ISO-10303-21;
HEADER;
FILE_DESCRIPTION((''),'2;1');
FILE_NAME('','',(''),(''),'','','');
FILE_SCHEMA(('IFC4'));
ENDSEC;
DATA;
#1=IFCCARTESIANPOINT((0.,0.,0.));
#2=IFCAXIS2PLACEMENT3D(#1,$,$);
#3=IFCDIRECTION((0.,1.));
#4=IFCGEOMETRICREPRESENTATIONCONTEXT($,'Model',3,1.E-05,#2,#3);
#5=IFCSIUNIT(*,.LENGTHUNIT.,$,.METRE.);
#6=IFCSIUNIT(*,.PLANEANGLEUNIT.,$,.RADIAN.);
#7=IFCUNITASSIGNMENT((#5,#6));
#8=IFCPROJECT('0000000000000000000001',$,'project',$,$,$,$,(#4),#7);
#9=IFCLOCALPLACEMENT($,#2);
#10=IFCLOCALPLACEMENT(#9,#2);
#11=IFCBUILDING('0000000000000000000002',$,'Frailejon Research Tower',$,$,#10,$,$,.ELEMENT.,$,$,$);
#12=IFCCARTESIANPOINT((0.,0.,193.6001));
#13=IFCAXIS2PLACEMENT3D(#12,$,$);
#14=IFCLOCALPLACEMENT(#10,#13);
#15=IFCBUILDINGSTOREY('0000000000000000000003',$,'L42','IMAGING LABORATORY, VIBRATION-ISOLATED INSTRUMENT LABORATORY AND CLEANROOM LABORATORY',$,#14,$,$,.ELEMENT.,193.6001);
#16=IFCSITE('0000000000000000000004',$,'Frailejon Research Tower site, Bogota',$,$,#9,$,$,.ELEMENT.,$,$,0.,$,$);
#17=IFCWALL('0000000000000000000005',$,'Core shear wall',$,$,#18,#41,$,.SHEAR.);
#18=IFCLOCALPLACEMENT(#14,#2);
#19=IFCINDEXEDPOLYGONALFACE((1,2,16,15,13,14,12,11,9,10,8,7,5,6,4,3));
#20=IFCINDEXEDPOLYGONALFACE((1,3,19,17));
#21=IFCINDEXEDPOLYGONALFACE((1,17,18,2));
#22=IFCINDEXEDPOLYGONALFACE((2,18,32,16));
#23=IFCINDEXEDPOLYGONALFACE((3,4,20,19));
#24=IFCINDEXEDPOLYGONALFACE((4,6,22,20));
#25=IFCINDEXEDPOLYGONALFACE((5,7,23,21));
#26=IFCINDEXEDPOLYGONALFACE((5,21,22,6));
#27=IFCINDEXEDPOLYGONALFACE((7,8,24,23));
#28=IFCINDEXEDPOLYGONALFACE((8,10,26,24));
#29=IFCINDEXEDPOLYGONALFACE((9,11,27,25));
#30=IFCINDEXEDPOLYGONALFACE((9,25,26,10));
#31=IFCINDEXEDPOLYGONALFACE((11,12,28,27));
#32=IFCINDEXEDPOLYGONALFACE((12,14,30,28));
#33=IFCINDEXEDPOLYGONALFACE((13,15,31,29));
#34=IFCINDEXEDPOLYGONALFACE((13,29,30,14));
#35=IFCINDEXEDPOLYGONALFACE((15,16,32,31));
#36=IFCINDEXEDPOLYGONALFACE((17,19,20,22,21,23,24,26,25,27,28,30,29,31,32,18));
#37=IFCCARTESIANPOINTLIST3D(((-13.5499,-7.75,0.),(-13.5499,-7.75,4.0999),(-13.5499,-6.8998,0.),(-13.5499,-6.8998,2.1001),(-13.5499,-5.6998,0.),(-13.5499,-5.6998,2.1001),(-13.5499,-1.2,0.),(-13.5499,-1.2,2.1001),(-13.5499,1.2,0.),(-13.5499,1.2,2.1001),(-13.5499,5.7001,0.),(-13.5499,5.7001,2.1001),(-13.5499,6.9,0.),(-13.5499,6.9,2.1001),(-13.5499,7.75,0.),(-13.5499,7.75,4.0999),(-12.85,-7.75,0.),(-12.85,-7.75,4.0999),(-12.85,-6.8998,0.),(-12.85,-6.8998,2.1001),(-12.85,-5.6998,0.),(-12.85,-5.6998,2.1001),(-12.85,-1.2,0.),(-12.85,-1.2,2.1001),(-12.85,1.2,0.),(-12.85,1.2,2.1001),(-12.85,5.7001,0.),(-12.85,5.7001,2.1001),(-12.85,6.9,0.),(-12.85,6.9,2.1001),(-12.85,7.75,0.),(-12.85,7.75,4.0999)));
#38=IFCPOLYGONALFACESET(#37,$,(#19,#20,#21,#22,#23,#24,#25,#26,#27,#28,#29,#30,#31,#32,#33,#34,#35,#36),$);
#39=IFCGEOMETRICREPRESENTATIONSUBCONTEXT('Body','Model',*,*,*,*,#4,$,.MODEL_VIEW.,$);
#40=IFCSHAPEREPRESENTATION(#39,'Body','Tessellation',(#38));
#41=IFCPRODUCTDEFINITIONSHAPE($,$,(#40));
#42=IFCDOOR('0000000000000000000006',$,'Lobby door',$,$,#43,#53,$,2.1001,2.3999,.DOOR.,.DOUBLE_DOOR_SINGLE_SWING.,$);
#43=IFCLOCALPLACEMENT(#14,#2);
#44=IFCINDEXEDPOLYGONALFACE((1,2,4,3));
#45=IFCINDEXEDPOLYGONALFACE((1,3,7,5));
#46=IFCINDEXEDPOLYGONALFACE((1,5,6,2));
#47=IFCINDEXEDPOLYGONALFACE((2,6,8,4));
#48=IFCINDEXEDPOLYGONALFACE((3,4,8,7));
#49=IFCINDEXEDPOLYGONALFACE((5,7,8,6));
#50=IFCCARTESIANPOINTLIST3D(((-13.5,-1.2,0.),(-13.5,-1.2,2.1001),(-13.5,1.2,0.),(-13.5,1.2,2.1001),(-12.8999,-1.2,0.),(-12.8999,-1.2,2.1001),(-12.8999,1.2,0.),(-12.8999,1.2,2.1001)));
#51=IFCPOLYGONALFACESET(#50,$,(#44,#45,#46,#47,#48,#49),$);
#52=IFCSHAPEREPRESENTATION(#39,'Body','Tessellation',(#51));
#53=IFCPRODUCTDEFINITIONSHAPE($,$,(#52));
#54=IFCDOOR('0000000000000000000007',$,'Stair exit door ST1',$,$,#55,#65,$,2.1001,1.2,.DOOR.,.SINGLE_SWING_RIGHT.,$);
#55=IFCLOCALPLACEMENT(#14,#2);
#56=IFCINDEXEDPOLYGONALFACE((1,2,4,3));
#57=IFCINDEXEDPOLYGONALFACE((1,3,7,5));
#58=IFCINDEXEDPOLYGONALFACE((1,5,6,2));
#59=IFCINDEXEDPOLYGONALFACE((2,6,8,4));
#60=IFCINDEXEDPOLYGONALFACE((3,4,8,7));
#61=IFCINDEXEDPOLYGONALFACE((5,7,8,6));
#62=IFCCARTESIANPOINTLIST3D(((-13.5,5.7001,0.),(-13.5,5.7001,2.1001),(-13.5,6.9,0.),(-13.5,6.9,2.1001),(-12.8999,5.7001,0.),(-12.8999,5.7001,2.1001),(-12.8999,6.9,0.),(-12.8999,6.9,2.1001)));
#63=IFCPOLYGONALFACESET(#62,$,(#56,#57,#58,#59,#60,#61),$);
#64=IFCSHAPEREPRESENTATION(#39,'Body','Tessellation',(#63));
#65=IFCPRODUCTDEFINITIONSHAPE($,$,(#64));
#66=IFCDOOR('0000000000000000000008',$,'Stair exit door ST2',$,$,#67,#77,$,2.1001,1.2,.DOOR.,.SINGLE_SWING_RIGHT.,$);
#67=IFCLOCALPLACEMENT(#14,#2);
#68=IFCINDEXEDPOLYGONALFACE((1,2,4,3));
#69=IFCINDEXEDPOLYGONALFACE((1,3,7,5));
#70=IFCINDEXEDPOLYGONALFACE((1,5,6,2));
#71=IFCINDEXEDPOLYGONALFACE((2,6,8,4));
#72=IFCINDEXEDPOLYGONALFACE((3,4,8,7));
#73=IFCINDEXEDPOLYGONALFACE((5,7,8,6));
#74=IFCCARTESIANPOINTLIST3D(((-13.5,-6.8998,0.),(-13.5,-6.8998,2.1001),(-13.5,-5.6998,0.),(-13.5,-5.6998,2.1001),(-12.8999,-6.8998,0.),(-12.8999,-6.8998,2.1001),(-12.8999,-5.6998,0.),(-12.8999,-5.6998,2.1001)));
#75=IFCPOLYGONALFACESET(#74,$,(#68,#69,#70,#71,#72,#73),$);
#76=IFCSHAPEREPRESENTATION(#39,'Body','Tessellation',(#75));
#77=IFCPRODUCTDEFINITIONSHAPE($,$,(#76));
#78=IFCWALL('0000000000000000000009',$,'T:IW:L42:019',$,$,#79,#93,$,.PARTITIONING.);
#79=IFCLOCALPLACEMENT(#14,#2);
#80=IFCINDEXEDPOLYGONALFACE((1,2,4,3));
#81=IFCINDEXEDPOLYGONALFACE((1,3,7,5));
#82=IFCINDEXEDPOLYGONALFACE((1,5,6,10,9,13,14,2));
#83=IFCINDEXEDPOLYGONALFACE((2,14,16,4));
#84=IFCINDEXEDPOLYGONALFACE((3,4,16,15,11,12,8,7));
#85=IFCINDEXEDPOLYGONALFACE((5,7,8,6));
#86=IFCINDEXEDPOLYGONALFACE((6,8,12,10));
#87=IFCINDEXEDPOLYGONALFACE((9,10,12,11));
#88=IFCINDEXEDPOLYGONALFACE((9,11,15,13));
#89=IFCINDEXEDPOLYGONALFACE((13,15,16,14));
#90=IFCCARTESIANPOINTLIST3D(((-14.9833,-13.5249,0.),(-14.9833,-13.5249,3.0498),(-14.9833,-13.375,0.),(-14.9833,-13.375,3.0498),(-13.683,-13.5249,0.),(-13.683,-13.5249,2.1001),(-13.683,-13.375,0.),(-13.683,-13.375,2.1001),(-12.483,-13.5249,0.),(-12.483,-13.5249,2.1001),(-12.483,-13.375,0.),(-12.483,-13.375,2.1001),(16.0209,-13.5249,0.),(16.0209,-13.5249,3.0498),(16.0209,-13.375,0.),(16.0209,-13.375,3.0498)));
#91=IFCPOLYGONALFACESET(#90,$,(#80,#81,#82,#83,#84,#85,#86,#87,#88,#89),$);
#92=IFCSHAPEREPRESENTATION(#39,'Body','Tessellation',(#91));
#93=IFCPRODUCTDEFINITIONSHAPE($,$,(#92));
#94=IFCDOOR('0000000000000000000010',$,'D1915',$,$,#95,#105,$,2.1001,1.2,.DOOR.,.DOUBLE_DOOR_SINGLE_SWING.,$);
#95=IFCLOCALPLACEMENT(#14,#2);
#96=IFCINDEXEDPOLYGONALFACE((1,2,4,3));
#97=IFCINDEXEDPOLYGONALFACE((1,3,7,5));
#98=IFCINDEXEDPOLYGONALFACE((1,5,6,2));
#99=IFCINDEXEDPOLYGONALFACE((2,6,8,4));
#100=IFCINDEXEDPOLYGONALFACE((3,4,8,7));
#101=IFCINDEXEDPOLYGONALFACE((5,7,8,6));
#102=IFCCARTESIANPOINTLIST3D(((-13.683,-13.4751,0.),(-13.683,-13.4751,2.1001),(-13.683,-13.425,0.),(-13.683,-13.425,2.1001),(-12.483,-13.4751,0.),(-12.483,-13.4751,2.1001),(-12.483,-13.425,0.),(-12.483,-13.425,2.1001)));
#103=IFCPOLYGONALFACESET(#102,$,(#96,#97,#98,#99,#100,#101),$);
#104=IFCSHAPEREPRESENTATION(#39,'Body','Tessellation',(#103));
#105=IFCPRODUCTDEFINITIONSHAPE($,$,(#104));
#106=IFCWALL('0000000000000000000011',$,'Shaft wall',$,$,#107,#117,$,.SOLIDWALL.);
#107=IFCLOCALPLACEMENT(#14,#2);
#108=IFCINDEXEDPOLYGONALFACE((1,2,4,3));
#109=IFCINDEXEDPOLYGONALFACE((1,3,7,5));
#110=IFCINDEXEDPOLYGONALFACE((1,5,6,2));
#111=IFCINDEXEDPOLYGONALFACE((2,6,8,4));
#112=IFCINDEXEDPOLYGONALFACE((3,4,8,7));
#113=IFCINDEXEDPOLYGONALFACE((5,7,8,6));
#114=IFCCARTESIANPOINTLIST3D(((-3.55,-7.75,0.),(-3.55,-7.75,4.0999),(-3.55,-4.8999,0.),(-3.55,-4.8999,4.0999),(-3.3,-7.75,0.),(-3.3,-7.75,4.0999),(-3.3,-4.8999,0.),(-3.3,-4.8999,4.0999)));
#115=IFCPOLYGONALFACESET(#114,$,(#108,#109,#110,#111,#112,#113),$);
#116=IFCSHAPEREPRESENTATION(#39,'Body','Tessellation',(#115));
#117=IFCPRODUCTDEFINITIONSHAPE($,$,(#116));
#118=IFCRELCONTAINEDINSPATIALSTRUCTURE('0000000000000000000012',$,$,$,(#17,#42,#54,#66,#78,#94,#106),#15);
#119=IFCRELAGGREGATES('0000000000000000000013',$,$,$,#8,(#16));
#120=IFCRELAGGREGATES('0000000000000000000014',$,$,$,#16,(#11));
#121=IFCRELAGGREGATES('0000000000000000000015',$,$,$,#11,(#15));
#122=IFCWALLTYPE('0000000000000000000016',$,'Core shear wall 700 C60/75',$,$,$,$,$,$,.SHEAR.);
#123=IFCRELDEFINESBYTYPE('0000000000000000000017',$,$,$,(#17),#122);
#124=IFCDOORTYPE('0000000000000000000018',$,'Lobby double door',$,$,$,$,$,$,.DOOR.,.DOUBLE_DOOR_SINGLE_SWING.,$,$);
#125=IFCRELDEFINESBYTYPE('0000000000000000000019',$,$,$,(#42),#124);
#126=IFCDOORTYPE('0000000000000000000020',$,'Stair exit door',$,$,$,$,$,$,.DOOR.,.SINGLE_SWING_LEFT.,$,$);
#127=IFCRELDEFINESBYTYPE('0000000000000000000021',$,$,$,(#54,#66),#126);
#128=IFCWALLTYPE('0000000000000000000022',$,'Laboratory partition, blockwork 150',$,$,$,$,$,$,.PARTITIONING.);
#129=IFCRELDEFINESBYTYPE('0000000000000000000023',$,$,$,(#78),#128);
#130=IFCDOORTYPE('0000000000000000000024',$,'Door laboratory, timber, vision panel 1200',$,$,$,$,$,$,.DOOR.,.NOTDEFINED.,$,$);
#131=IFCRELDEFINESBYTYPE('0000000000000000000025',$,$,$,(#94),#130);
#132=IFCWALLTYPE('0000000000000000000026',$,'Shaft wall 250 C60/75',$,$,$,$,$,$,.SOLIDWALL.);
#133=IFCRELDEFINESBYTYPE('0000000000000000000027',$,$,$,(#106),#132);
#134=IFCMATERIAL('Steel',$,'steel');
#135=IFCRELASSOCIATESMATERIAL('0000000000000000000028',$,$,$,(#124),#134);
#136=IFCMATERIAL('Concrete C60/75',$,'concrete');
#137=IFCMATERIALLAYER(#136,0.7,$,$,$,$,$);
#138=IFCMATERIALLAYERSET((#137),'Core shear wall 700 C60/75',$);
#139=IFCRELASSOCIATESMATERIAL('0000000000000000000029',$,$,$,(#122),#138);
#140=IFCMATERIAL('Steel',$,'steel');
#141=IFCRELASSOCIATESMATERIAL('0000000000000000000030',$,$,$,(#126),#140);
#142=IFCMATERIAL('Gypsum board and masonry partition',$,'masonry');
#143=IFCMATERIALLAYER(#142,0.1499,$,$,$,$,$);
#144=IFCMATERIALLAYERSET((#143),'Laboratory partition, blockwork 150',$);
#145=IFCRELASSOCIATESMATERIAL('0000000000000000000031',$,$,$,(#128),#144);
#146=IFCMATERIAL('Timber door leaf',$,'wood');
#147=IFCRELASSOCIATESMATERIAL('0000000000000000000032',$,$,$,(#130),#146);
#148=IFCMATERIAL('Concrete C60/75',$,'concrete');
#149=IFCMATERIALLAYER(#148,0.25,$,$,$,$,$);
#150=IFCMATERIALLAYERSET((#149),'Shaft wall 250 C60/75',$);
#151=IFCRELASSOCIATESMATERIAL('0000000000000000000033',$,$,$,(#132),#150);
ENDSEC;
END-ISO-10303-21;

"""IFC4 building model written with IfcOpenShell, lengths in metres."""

from ifc_helpers import new_model, si_unit, direction, frame, frame_2d, origin, place, context, subcontext, project, spatial, rectangle, extrude, material, layer, layer_set, type_object, element, fill, save


model = new_model("IFC4")

# Units and contexts
model_context = context("Model", 3, precision=1e-05, world=origin(), true_north=direction((0.0, 1.0)))
body_context = subcontext(model_context, "Body", "Model", "MODEL_VIEW")
ifc_project = project(units=[si_unit("LENGTHUNIT", "METRE"), si_unit("PLANEANGLEUNIT", "RADIAN")], contexts=[model_context])

# Site, building, storey
site_placement = place(None, origin())
site = spatial("IfcSite", under=ifc_project, at=site_placement, Name="Frailejon Research Tower site, Bogota", CompositionType="ELEMENT", RefElevation=0.0)
building_placement = place(site_placement, origin())
building = spatial("IfcBuilding", under=site, at=building_placement, Name="Frailejon Research Tower", CompositionType="ELEMENT")
storey_placement = place(building_placement, frame((0.0, 0.0, 193.6001)))
storey = spatial("IfcBuildingStorey", under=building, at=storey_placement, Name="L42", Description="IMAGING LABORATORY, VIBRATION-ISOLATED INSTRUMENT LABORATORY AND CLEANROOM LABORATORY", CompositionType="ELEMENT", Elevation=193.6001)

# Shared definitions
ifc_material_1 = material(Name="Steel", Category="steel")
door_type_1 = type_object("IfcDoorType", Name="Lobby double door", OperationType="DOUBLE_DOOR_SINGLE_SWING", PredefinedType="DOOR", material=ifc_material_1)

# Shared definitions
ifc_material_2 = material(Name="Concrete C60/75", Category="concrete")
ifc_layer_1 = layer(ifc_material_2, 0.7)
ifc_layer_set_1 = layer_set([ifc_layer_1], Name="Core shear wall 700 C60/75")
wall_type_1 = type_object("IfcWallType", Name="Core shear wall 700 C60/75", PredefinedType="SHEAR", material=ifc_layer_set_1)

# Wall, openings, doors
wall_1_placement = place(storey_placement, frame((-13.2, -7.75, 0.0), z_axis=(0.0, 0.0, 1.0), x_axis=(0.0, 1.0, 0.0)))
wall_1 = element("IfcWall", 1, at=wall_1_placement, inside=storey, type_object=wall_type_1, Name="Core shear wall", PredefinedType="SHEAR", context=body_context, shape_type="SweptSolid", body=[
    extrude(rectangle(XDim=15.5, YDim=0.7, at=frame_2d((7.75, 0.0))), origin(), (0.0, 0.0, 1.0), 4.0999),
])
opening_1_placement = place(wall_1_placement, frame((6.55, 0.0, 0.0)))
opening_1 = element("IfcOpeningElement", 2, at=opening_1_placement, cuts=wall_1, PredefinedType="OPENING", context=body_context, shape_type="SweptSolid", body=[
    extrude(rectangle(XDim=2.3999, YDim=2.1001, at=frame_2d((1.2, 1.05))), frame((0.0, 0.3599, 0.0), z_axis=(0.0, -1.0, 0.0), x_axis=(1.0, 0.0, 0.0)), (0.0, 0.0, 1.0), 0.72),
])
opening_2_placement = place(wall_1_placement, frame((13.45, 0.0, 0.0)))
opening_2 = element("IfcOpeningElement", 3, at=opening_2_placement, cuts=wall_1, PredefinedType="OPENING", context=body_context, shape_type="SweptSolid", body=[
    extrude(rectangle(XDim=1.2, YDim=2.1001, at=frame_2d((0.6001, 1.05))), frame((0.0, 0.3599, 0.0), z_axis=(0.0, -1.0, 0.0), x_axis=(1.0, 0.0, 0.0)), (0.0, 0.0, 1.0), 0.72),
])
opening_3_placement = place(wall_1_placement, frame((0.8501, 0.0, 0.0)))
opening_3 = element("IfcOpeningElement", 4, at=opening_3_placement, cuts=wall_1, PredefinedType="OPENING", context=body_context, shape_type="SweptSolid", body=[
    extrude(rectangle(XDim=1.2, YDim=2.1001, at=frame_2d((0.6001, 1.05))), frame((0.0, 0.3599, 0.0), z_axis=(0.0, -1.0, 0.0), x_axis=(1.0, 0.0, 0.0)), (0.0, 0.0, 1.0), 0.72),
])
door_1_placement = place(opening_1_placement, origin())
door_1 = element("IfcDoor", 5, at=door_1_placement, inside=storey, type_object=door_type_1, Name="Lobby door", OperationType="DOUBLE_DOOR_SINGLE_SWING", OverallHeight=2.1001, OverallWidth=2.3999, PredefinedType="DOOR", context=body_context, shape_type="SweptSolid", body=[
    extrude(rectangle(XDim=2.3999, YDim=2.1001, at=frame_2d((1.2, 1.05))), frame((0.0, 0.3, 0.0), z_axis=(0.0, -1.0, 0.0), x_axis=(1.0, 0.0, 0.0)), (0.0, 0.0, 1.0), 0.6001),
])
fill(opening_1, door_1)
ifc_material_3 = material(Name="Steel", Category="steel")
door_type_2 = type_object("IfcDoorType", Name="Stair exit door", OperationType="SINGLE_SWING_LEFT", PredefinedType="DOOR", material=ifc_material_3)
door_2_placement = place(opening_2_placement, origin())
door_2 = element("IfcDoor", 6, at=door_2_placement, inside=storey, type_object=door_type_2, Name="Stair exit door ST1", OperationType="SINGLE_SWING_RIGHT", OverallHeight=2.1001, OverallWidth=1.2, PredefinedType="DOOR", context=body_context, shape_type="SweptSolid", body=[
    extrude(rectangle(XDim=1.2, YDim=2.1001, at=frame_2d((0.6001, 1.05))), frame((0.0, 0.3, 0.0), z_axis=(0.0, -1.0, 0.0), x_axis=(1.0, 0.0, 0.0)), (0.0, 0.0, 1.0), 0.6001),
])
fill(opening_2, door_2)
door_3_placement = place(opening_3_placement, origin())
door_3 = element("IfcDoor", 7, at=door_3_placement, inside=storey, type_object=door_type_2, Name="Stair exit door ST2", OperationType="SINGLE_SWING_RIGHT", OverallHeight=2.1001, OverallWidth=1.2, PredefinedType="DOOR", context=body_context, shape_type="SweptSolid", body=[
    extrude(rectangle(XDim=1.2, YDim=2.1001, at=frame_2d((0.6001, 1.05))), frame((0.0, 0.3, 0.0), z_axis=(0.0, -1.0, 0.0), x_axis=(1.0, 0.0, 0.0)), (0.0, 0.0, 1.0), 0.6001),
])
fill(opening_3, door_3)

# Wall, opening, door
ifc_material_4 = material(Name="Gypsum board and masonry partition", Category="masonry")
ifc_layer_2 = layer(ifc_material_4, 0.1499)
ifc_layer_set_2 = layer_set([ifc_layer_2], Name="Laboratory partition, blockwork 150")
wall_type_2 = type_object("IfcWallType", Name="Laboratory partition, blockwork 150", PredefinedType="PARTITIONING", material=ifc_layer_set_2)
wall_2_placement = place(storey_placement, frame((-14.9832, -13.45, 0.0), z_axis=(0.0, 0.0, 1.0), x_axis=(1.0, 0.0, 0.0)))
wall_2 = element("IfcWall", 8, at=wall_2_placement, inside=storey, type_object=wall_type_2, Name="T:IW:L42:019", PredefinedType="PARTITIONING", context=body_context, shape_type="SweptSolid", body=[
    extrude(rectangle(XDim=31.0042, YDim=0.1499, at=frame_2d((15.502, 0.0))), origin(), (0.0, 0.0, 1.0), 3.0498),
])
opening_4_placement = place(wall_2_placement, frame((1.3, 0.0, 0.0)))
opening_4 = element("IfcOpeningElement", 9, at=opening_4_placement, cuts=wall_2, PredefinedType="OPENING", context=body_context, shape_type="SweptSolid", body=[
    extrude(rectangle(XDim=1.2, YDim=2.1001, at=frame_2d((0.6001, 1.05))), frame((0.0, 0.085, 0.0), z_axis=(0.0, -1.0, 0.0), x_axis=(1.0, 0.0, 0.0)), (0.0, 0.0, 1.0), 0.1699),
])
ifc_material_5 = material(Name="Timber door leaf", Category="wood")
door_type_3 = type_object("IfcDoorType", Name="Door laboratory, timber, vision panel 1200", OperationType="NOTDEFINED", PredefinedType="DOOR", material=ifc_material_5)
door_4_placement = place(opening_4_placement, origin())
door_4 = element("IfcDoor", 10, at=door_4_placement, inside=storey, type_object=door_type_3, Name="D1915", OperationType="DOUBLE_DOOR_SINGLE_SWING", OverallHeight=2.1001, OverallWidth=1.2, PredefinedType="DOOR", context=body_context, shape_type="SweptSolid", body=[
    extrude(rectangle(XDim=1.2, YDim=2.1001, at=frame_2d((0.6001, 1.05))), frame((0.0, 0.0249, 0.0), z_axis=(0.0, -1.0, 0.0), x_axis=(1.0, 0.0, 0.0)), (0.0, 0.0, 1.0), 0.05),
])
fill(opening_4, door_4)

# Wall
ifc_material_6 = material(Name="Concrete C60/75", Category="concrete")
ifc_layer_3 = layer(ifc_material_6, 0.25)
ifc_layer_set_3 = layer_set([ifc_layer_3], Name="Shaft wall 250 C60/75")
wall_type_3 = type_object("IfcWallType", Name="Shaft wall 250 C60/75", PredefinedType="SOLIDWALL", material=ifc_layer_set_3)
wall_3_placement = place(storey_placement, frame((-3.425, -7.75, 0.0), z_axis=(0.0, 0.0, 1.0), x_axis=(0.0, 1.0, 0.0)))
element("IfcWall", 11, at=wall_3_placement, inside=storey, type_object=wall_type_3, Name="Shaft wall", PredefinedType="SOLIDWALL", context=body_context, shape_type="SweptSolid", body=[
    extrude(rectangle(XDim=2.8501, YDim=0.25, at=frame_2d((1.425, 0.0))), origin(), (0.0, 0.0, 1.0), 4.0999),
])

save(model, "model.ifc")
